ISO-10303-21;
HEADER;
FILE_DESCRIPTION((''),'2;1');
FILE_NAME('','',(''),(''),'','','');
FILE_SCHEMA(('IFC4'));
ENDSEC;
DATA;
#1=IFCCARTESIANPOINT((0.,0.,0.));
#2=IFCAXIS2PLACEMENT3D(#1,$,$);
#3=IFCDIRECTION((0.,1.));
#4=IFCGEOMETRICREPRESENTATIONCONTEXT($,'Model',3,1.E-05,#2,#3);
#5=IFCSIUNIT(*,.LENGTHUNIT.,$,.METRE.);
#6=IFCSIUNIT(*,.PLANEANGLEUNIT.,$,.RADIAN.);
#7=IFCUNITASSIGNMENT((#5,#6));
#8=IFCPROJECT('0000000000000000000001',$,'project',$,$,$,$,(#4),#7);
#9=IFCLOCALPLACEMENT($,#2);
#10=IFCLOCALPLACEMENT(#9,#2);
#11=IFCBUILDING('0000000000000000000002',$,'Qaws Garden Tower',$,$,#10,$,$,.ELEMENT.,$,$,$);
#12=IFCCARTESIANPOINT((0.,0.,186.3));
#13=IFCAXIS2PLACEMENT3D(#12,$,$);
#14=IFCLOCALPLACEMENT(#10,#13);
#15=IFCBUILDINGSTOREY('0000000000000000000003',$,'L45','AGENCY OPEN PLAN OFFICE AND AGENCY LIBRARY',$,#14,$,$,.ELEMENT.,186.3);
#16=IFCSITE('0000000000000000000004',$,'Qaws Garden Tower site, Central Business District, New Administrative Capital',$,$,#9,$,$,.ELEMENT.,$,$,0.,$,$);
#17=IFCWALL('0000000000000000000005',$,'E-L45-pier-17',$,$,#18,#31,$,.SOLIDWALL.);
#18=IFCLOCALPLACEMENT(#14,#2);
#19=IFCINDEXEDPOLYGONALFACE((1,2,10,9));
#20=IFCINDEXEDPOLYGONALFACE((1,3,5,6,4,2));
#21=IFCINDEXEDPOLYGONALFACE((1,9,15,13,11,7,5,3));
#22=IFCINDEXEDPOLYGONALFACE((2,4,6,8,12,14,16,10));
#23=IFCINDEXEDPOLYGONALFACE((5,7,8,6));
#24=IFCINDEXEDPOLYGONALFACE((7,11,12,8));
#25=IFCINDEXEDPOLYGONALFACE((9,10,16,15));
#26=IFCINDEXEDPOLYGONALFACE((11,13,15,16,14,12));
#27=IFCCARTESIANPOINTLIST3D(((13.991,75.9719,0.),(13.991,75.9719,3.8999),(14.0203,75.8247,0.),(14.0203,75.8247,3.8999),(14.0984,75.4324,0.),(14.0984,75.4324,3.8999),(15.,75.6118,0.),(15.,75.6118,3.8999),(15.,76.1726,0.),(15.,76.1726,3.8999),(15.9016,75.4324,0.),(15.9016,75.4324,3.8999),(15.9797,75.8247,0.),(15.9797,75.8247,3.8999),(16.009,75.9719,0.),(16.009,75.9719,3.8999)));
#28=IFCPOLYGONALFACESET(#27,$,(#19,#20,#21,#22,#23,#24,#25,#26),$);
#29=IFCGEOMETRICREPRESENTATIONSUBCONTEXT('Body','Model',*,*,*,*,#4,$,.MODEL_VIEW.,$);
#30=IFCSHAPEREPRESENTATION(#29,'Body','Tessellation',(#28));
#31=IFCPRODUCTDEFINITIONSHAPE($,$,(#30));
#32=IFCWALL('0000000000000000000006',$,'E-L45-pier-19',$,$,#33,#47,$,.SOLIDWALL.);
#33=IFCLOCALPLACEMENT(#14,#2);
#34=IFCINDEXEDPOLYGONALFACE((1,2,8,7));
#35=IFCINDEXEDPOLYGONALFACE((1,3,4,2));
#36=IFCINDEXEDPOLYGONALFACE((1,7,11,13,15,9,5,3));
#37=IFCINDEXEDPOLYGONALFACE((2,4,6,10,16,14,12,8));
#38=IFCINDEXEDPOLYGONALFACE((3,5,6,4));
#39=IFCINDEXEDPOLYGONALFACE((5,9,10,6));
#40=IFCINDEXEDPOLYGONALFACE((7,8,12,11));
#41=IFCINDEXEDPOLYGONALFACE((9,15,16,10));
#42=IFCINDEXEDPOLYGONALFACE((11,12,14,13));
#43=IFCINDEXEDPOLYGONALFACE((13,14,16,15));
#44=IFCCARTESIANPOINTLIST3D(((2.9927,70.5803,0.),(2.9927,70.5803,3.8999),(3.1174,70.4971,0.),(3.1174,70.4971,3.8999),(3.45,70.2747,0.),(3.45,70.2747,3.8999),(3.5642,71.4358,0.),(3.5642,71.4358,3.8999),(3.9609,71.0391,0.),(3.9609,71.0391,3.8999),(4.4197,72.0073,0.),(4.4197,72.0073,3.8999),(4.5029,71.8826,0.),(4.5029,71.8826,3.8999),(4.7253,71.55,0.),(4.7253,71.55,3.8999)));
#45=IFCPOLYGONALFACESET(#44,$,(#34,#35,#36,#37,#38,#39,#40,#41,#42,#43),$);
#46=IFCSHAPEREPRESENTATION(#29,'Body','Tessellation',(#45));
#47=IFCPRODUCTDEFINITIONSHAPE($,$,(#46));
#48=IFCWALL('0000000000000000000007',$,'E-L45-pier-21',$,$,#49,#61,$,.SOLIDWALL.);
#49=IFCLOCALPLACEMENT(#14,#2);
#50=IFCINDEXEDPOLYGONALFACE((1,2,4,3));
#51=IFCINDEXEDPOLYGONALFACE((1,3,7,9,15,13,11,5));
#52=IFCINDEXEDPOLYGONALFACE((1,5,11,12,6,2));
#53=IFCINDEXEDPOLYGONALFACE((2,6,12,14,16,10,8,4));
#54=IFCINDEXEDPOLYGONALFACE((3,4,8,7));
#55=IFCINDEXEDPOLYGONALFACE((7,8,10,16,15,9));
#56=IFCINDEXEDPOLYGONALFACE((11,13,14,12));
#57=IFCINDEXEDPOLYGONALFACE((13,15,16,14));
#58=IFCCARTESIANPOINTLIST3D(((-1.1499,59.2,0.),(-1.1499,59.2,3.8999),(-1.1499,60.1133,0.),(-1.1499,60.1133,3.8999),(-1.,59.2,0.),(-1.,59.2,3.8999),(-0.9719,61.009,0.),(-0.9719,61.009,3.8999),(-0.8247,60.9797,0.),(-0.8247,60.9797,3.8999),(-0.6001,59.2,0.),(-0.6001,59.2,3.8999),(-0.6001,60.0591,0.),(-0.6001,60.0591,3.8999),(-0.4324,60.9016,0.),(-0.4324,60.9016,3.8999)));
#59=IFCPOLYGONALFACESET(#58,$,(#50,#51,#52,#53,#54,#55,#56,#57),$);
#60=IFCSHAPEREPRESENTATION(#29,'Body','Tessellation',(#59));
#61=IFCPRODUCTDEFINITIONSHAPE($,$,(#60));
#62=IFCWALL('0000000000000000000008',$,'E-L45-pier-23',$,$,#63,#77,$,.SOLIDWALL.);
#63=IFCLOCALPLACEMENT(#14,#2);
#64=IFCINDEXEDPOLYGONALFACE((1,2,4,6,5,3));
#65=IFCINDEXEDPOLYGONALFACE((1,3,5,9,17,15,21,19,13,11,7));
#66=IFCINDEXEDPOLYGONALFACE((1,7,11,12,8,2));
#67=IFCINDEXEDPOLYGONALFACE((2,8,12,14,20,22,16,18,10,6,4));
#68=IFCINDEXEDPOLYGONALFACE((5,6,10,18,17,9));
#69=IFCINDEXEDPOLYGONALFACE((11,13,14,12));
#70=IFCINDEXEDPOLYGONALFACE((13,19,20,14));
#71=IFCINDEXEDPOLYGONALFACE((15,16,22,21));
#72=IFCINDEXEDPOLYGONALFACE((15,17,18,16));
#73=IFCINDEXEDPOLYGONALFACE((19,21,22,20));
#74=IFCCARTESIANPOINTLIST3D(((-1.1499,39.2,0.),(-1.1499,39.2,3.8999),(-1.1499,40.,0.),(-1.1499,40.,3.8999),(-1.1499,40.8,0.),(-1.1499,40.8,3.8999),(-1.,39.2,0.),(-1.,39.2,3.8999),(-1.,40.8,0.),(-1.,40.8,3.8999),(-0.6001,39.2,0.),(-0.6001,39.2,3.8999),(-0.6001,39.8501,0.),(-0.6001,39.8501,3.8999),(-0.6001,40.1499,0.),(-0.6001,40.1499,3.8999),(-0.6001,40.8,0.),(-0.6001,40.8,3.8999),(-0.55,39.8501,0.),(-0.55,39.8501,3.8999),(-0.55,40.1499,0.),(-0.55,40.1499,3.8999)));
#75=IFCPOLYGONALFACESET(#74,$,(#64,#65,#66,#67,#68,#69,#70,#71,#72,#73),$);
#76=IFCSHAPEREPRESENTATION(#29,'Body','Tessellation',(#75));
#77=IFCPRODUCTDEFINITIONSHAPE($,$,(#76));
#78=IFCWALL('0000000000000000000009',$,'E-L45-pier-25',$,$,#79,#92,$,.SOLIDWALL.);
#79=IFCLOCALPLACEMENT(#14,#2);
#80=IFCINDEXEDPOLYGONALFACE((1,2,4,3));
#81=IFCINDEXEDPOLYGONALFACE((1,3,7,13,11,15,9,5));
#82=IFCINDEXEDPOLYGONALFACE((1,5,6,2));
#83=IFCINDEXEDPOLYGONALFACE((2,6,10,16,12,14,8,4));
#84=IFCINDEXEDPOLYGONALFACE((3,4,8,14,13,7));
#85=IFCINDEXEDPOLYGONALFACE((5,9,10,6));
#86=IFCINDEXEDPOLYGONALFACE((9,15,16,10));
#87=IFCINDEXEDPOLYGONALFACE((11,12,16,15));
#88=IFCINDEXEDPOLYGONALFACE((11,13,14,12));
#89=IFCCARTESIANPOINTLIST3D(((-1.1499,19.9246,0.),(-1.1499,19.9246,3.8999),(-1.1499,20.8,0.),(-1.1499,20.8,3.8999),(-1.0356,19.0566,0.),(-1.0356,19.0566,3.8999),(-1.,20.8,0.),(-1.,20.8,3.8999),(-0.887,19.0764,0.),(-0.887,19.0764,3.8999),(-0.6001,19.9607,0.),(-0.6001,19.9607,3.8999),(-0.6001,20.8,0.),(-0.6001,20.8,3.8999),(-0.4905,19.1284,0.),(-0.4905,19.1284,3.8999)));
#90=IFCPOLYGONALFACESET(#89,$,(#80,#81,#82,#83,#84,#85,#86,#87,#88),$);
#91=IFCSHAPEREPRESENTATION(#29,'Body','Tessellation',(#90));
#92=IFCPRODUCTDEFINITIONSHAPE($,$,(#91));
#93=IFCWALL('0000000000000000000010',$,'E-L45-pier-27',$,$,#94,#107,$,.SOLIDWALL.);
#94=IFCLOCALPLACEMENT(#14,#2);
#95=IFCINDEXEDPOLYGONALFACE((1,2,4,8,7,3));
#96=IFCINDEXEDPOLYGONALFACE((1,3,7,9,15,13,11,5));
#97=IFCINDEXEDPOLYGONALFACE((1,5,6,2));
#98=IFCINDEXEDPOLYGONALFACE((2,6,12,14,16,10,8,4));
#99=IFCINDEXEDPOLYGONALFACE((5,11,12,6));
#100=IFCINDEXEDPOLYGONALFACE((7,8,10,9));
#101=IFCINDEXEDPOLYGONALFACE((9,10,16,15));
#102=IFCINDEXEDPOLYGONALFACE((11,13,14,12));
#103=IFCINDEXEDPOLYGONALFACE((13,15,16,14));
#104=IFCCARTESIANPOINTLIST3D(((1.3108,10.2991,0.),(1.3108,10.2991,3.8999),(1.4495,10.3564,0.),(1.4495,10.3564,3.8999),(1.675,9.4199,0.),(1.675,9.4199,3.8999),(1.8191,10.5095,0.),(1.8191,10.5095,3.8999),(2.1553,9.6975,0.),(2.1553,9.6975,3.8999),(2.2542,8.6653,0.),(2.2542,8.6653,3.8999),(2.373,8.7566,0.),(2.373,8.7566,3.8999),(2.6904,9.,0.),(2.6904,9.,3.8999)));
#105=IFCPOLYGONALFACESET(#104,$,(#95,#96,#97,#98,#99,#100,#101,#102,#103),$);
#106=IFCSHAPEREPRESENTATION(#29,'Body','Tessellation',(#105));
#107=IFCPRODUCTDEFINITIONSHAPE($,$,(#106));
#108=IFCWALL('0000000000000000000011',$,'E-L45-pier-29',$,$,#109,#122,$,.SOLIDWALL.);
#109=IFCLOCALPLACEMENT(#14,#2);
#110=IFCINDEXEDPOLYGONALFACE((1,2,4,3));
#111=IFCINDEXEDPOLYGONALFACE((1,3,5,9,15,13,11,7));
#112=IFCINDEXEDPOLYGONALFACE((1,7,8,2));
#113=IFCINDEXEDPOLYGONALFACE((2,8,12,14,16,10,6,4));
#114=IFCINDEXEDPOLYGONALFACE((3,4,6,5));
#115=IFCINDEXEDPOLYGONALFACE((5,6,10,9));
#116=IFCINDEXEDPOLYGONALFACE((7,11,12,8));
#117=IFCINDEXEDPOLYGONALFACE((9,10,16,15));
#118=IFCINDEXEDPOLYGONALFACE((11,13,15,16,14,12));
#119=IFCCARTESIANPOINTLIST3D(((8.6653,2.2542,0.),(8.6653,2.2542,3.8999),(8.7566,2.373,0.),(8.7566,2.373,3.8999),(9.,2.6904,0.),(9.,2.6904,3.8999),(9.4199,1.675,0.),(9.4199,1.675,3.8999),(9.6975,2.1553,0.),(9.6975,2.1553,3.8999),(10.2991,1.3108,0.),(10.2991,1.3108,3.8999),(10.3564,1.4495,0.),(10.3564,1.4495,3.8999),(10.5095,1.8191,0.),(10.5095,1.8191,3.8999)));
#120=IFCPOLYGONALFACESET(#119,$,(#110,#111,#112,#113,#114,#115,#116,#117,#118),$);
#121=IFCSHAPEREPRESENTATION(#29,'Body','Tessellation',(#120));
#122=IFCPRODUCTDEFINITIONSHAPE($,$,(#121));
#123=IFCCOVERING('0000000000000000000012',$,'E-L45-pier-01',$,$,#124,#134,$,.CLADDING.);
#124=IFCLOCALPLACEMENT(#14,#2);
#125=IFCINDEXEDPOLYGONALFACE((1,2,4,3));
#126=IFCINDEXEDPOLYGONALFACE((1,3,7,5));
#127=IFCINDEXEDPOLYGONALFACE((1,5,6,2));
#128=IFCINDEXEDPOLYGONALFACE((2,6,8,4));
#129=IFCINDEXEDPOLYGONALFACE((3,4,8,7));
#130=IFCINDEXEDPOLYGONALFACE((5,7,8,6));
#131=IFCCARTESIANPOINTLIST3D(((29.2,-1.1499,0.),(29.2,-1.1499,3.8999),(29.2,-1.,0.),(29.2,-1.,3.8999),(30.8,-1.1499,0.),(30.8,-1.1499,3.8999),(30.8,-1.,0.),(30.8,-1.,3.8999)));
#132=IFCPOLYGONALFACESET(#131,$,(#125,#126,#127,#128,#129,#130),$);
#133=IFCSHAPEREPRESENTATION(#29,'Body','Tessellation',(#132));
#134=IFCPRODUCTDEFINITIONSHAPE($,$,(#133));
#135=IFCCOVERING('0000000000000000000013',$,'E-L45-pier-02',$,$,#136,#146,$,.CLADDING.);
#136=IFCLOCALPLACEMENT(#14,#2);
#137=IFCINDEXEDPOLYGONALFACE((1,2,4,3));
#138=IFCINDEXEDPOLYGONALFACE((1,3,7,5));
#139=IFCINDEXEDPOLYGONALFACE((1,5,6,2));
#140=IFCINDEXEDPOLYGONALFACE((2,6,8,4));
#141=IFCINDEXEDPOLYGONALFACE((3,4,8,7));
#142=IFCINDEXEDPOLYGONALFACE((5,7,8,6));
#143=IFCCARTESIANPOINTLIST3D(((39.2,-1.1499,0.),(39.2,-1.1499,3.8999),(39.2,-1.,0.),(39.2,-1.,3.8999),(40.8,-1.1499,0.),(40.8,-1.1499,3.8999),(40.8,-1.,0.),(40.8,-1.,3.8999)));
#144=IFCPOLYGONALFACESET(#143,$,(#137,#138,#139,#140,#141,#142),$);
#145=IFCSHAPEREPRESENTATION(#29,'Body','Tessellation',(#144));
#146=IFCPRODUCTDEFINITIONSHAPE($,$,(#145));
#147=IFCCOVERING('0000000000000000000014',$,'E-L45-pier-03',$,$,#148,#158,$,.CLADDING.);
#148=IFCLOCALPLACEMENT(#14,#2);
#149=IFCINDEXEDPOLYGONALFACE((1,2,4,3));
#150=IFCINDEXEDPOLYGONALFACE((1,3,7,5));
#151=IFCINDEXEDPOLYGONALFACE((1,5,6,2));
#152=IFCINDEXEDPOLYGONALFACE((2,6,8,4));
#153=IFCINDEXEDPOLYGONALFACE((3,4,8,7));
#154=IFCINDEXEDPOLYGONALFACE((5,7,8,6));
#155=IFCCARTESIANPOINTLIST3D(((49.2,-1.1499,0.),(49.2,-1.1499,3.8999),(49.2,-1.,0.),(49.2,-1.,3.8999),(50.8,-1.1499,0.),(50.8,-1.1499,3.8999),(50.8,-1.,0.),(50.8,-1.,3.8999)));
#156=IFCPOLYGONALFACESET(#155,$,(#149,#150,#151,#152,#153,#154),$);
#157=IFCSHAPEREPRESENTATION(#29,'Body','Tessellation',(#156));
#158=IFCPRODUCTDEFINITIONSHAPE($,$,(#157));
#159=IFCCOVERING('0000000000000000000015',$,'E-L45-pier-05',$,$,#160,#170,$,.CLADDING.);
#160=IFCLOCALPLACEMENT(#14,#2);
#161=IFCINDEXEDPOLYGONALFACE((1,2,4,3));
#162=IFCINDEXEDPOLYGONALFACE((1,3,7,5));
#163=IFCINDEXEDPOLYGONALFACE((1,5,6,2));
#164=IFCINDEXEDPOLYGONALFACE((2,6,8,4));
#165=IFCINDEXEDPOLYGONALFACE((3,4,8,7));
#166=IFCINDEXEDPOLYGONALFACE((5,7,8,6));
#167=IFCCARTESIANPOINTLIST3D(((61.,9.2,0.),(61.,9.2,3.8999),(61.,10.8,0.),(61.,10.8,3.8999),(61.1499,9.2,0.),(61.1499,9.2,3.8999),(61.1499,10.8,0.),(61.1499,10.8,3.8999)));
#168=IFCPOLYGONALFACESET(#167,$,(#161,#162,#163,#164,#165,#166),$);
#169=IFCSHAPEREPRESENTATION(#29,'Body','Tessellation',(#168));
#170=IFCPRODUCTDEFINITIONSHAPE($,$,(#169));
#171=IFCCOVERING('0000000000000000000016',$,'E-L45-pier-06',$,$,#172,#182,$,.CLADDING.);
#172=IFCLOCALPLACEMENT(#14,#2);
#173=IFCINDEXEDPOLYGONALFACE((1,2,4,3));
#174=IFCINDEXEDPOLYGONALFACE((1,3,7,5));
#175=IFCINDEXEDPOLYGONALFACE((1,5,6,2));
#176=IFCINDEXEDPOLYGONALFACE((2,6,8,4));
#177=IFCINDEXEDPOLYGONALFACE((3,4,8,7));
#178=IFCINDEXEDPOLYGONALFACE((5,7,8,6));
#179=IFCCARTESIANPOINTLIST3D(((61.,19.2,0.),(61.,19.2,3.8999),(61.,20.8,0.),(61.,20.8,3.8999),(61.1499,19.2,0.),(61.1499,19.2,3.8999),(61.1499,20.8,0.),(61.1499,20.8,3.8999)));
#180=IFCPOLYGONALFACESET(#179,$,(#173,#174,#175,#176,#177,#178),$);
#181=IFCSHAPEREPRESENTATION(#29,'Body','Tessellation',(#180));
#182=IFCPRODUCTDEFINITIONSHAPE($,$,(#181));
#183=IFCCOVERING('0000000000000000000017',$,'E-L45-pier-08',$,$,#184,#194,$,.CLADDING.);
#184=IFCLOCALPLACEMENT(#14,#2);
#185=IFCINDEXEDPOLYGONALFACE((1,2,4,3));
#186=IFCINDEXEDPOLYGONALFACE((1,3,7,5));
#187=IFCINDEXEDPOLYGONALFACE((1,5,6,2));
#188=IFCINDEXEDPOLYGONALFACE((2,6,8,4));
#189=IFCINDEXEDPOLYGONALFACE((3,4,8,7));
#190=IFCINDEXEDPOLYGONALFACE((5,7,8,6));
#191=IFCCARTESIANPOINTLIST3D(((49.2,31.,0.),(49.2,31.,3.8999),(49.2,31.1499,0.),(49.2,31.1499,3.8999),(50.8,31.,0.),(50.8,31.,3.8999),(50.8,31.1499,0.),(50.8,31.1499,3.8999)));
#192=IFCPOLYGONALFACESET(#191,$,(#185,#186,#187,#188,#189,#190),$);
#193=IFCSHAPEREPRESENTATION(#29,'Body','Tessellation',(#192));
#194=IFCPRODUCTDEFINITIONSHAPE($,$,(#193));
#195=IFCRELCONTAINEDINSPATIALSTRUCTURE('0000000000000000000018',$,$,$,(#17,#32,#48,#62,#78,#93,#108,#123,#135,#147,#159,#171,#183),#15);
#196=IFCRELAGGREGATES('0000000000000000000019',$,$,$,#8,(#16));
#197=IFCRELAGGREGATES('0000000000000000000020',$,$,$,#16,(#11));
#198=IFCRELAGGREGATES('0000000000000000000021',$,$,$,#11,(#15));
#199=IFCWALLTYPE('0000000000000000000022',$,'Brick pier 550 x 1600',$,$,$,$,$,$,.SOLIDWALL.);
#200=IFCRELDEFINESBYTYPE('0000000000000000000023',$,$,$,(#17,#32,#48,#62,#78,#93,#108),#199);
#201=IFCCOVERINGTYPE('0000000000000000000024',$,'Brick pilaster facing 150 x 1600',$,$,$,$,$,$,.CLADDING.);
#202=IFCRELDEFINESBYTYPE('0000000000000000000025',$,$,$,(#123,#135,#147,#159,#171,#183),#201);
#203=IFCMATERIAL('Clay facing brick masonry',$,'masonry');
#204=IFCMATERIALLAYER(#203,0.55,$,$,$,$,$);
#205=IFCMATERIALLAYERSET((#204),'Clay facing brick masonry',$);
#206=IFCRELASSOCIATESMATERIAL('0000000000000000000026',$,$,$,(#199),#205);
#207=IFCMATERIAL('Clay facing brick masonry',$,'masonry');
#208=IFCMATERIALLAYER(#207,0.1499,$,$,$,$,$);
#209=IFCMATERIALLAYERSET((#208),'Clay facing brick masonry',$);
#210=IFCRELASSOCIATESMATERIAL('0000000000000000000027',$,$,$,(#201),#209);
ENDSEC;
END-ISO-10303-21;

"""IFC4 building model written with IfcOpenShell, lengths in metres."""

from ifc_helpers import new_model, si_unit, direction, frame, origin, place, context, subcontext, project, spatial, polyline, outline, extrude, material, layer, layer_set, type_object, element, save


model = new_model("IFC4")

# Units and contexts
model_context = context("Model", 3, precision=1e-05, world=origin(), true_north=direction((0.0, 1.0)))
body_context = subcontext(model_context, "Body", "Model", "MODEL_VIEW")
ifc_project = project(units=[si_unit("LENGTHUNIT", "METRE"), si_unit("PLANEANGLEUNIT", "RADIAN")], contexts=[model_context])

# Site, building, storey
site_placement = place(None, origin())
site = spatial("IfcSite", under=ifc_project, at=site_placement, Name="Qaws Garden Tower site, Central Business District, New Administrative Capital", CompositionType="ELEMENT", RefElevation=0.0)
building_placement = place(site_placement, origin())
building = spatial("IfcBuilding", under=site, at=building_placement, Name="Qaws Garden Tower", CompositionType="ELEMENT")
storey_placement = place(building_placement, frame((0.0, 0.0, 186.3)))
storey = spatial("IfcBuildingStorey", under=building, at=storey_placement, Name="L45", Description="AGENCY OPEN PLAN OFFICE AND AGENCY LIBRARY", CompositionType="ELEMENT", Elevation=186.3)

# Walls
placement = place(storey_placement, origin())
ifc_material_1 = material(Name="Clay facing brick masonry", Category="masonry")
ifc_layer_1 = layer(ifc_material_1, 0.55)
ifc_layer_set_1 = layer_set([ifc_layer_1], Name="Clay facing brick masonry")
wall_type_1 = type_object("IfcWallType", Name="Brick pier 550 x 1600", PredefinedType="SOLIDWALL", material=ifc_layer_set_1)
element("IfcWall", 1, at=placement, inside=storey, type_object=wall_type_1, Name="E-L45-pier-17", PredefinedType="SOLIDWALL", context=body_context, shape_type="SweptSolid", body=[
    extrude(outline(polyline([(15.9797, 75.8247), (16.009, 75.9719), (15.0, 76.1726), (13.991, 75.9719), (14.0203, 75.8247), (14.0984, 75.4324), (15.0, 75.6118), (15.9016, 75.4324), (15.9797, 75.8247)])), origin(), (0.0, 0.0, 1.0), 3.8999),
])
element("IfcWall", 2, at=placement, inside=storey, type_object=wall_type_1, Name="E-L45-pier-19", PredefinedType="SOLIDWALL", context=body_context, shape_type="SweptSolid", body=[
    extrude(outline(polyline([(4.5029, 71.8826), (4.4197, 72.0073), (3.5642, 71.4358), (2.9927, 70.5803), (3.1174, 70.4971), (3.45, 70.2747), (3.9609, 71.0391), (4.7253, 71.55), (4.5029, 71.8826)])), origin(), (0.0, 0.0, 1.0), 3.8999),
])
element("IfcWall", 3, at=placement, inside=storey, type_object=wall_type_1, Name="E-L45-pier-21", PredefinedType="SOLIDWALL", context=body_context, shape_type="SweptSolid", body=[
    extrude(outline(polyline([(-0.8247, 60.9797), (-0.9719, 61.009), (-1.1499, 60.1133), (-1.1499, 59.2), (-1.0, 59.2), (-0.6001, 59.2), (-0.6001, 60.0591), (-0.4324, 60.9016), (-0.8247, 60.9797)])), origin(), (0.0, 0.0, 1.0), 3.8999),
])
element("IfcWall", 4, at=placement, inside=storey, type_object=wall_type_1, Name="E-L45-pier-23", PredefinedType="SOLIDWALL", context=body_context, shape_type="SweptSolid", body=[
    extrude(outline(polyline([(-0.6001, 39.2), (-0.6001, 39.8501), (-0.55, 39.8501), (-0.55, 40.1499), (-0.6001, 40.1499), (-0.6001, 40.8), (-1.0, 40.8), (-1.1499, 40.8), (-1.1499, 40.0), (-1.1499, 39.2), (-1.0, 39.2), (-0.6001, 39.2)])), origin(), (0.0, 0.0, 1.0), 3.8999),
])
element("IfcWall", 5, at=placement, inside=storey, type_object=wall_type_1, Name="E-L45-pier-25", PredefinedType="SOLIDWALL", context=body_context, shape_type="SweptSolid", body=[
    extrude(outline(polyline([(-1.0, 20.8), (-1.1499, 20.8), (-1.1499, 19.9246), (-1.0356, 19.0566), (-0.887, 19.0764), (-0.4905, 19.1284), (-0.6001, 19.9607), (-0.6001, 20.8), (-1.0, 20.8)])), origin(), (0.0, 0.0, 1.0), 3.8999),
])
element("IfcWall", 6, at=placement, inside=storey, type_object=wall_type_1, Name="E-L45-pier-27", PredefinedType="SOLIDWALL", context=body_context, shape_type="SweptSolid", body=[
    extrude(outline(polyline([(1.4495, 10.3564), (1.3108, 10.2991), (1.675, 9.4199), (2.2542, 8.6653), (2.373, 8.7566), (2.6904, 9.0), (2.1553, 9.6975), (1.8191, 10.5095), (1.4495, 10.3564)])), origin(), (0.0, 0.0, 1.0), 3.8999),
])
element("IfcWall", 7, at=placement, inside=storey, type_object=wall_type_1, Name="E-L45-pier-29", PredefinedType="SOLIDWALL", context=body_context, shape_type="SweptSolid", body=[
    extrude(outline(polyline([(8.7566, 2.373), (8.6653, 2.2542), (9.4199, 1.675), (10.2991, 1.3108), (10.3564, 1.4495), (10.5095, 1.8191), (9.6975, 2.1553), (9.0, 2.6904), (8.7566, 2.373)])), origin(), (0.0, 0.0, 1.0), 3.8999),
])

# Coverings
ifc_material_2 = material(Name="Clay facing brick masonry", Category="masonry")
ifc_layer_2 = layer(ifc_material_2, 0.1499)
ifc_layer_set_2 = layer_set([ifc_layer_2], Name="Clay facing brick masonry")
covering_type = type_object("IfcCoveringType", Name="Brick pilaster facing 150 x 1600", PredefinedType="CLADDING", material=ifc_layer_set_2)
element("IfcCovering", 8, at=placement, inside=storey, type_object=covering_type, Name="E-L45-pier-01", PredefinedType="CLADDING", context=body_context, shape_type="SweptSolid", body=[
    extrude(outline(polyline([(29.2, -1.0), (30.8, -1.0), (30.8, -1.1499), (29.2, -1.1499), (29.2, -1.0)])), origin(), (0.0, 0.0, 1.0), 3.8999),
])
element("IfcCovering", 9, at=placement, inside=storey, type_object=covering_type, Name="E-L45-pier-02", PredefinedType="CLADDING", context=body_context, shape_type="SweptSolid", body=[
    extrude(outline(polyline([(39.2, -1.0), (40.8, -1.0), (40.8, -1.1499), (39.2, -1.1499), (39.2, -1.0)])), origin(), (0.0, 0.0, 1.0), 3.8999),
])
element("IfcCovering", 10, at=placement, inside=storey, type_object=covering_type, Name="E-L45-pier-03", PredefinedType="CLADDING", context=body_context, shape_type="SweptSolid", body=[
    extrude(outline(polyline([(49.2, -1.0), (50.8, -1.0), (50.8, -1.1499), (49.2, -1.1499), (49.2, -1.0)])), origin(), (0.0, 0.0, 1.0), 3.8999),
])
element("IfcCovering", 11, at=placement, inside=storey, type_object=covering_type, Name="E-L45-pier-05", PredefinedType="CLADDING", context=body_context, shape_type="SweptSolid", body=[
    extrude(outline(polyline([(61.0, 9.2), (61.0, 10.8), (61.1499, 10.8), (61.1499, 9.2), (61.0, 9.2)])), origin(), (0.0, 0.0, 1.0), 3.8999),
])
element("IfcCovering", 12, at=placement, inside=storey, type_object=covering_type, Name="E-L45-pier-06", PredefinedType="CLADDING", context=body_context, shape_type="SweptSolid", body=[
    extrude(outline(polyline([(61.0, 19.2), (61.0, 20.8), (61.1499, 20.8), (61.1499, 19.2), (61.0, 19.2)])), origin(), (0.0, 0.0, 1.0), 3.8999),
])
element("IfcCovering", 13, at=placement, inside=storey, type_object=covering_type, Name="E-L45-pier-08", PredefinedType="CLADDING", context=body_context, shape_type="SweptSolid", body=[
    extrude(outline(polyline([(50.8, 31.0), (49.2, 31.0), (49.2, 31.1499), (50.8, 31.1499), (50.8, 31.0)])), origin(), (0.0, 0.0, 1.0), 3.8999),
])

save(model, "model.ifc")
